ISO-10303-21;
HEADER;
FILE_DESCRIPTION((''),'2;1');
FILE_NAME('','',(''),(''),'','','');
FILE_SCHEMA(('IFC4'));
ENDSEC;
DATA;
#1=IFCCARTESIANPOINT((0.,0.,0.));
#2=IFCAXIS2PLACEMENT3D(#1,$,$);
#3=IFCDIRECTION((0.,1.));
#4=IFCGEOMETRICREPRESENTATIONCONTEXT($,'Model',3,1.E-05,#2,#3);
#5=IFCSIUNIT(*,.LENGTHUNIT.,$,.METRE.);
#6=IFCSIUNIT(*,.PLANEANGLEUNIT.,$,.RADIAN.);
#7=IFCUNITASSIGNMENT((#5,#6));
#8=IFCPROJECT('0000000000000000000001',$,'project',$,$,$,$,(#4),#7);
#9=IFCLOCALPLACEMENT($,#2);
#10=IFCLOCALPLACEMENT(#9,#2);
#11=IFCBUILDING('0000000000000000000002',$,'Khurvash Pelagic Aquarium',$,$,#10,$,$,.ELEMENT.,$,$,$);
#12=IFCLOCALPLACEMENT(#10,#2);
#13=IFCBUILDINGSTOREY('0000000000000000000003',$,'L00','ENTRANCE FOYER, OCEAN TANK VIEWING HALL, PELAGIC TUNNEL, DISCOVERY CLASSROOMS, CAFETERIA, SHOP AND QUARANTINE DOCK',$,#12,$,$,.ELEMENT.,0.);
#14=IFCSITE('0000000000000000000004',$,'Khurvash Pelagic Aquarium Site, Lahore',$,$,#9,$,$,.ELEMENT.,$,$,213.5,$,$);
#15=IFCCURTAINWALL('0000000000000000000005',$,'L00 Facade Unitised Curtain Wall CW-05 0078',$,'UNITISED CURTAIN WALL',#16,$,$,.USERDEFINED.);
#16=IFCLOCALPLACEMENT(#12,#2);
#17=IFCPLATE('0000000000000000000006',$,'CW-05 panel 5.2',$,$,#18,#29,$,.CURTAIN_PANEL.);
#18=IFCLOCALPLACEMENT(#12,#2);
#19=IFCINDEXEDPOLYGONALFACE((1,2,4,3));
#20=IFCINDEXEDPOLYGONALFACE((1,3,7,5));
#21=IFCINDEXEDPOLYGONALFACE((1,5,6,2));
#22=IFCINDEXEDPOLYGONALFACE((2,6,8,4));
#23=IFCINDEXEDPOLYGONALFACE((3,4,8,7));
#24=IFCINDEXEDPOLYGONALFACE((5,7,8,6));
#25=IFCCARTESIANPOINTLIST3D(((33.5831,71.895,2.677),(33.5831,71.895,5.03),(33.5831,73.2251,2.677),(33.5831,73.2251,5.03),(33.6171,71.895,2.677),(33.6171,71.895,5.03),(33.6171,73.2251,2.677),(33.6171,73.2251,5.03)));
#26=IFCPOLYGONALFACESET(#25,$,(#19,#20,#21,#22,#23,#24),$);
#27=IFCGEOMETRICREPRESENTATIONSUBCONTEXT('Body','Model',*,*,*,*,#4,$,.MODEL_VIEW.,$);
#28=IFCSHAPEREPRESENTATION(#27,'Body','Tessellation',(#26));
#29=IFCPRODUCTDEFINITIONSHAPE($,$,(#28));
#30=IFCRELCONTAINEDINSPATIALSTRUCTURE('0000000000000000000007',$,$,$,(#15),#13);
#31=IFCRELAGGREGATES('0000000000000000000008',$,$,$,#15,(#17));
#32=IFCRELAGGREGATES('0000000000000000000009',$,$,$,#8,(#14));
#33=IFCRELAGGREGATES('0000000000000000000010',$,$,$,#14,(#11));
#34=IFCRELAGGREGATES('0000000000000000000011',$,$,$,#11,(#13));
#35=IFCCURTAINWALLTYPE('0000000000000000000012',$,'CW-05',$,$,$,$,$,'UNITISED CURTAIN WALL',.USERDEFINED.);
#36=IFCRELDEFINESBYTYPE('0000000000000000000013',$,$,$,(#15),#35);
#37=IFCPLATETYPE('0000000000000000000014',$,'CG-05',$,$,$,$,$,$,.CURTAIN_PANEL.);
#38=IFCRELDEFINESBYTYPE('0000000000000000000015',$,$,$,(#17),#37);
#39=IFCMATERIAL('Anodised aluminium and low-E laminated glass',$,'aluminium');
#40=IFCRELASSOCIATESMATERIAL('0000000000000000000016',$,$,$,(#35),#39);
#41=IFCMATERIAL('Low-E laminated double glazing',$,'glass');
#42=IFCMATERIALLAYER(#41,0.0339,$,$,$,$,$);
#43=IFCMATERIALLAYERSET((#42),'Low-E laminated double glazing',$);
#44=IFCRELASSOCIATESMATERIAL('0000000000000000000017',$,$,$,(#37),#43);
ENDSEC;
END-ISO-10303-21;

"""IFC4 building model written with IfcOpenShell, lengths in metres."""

from ifc_helpers import new_model, si_unit, direction, frame, origin, origin_2d, place, context, subcontext, project, spatial, rectangle, extrude, material, layer, layer_set, type_object, element, aggregate, save


model = new_model("IFC4")

# Units and contexts
model_context = context("Model", 3, precision=1e-05, world=origin(), true_north=direction((0.0, 1.0)))
body_context = subcontext(model_context, "Body", "Model", "MODEL_VIEW")
ifc_project = project(units=[si_unit("LENGTHUNIT", "METRE"), si_unit("PLANEANGLEUNIT", "RADIAN")], contexts=[model_context])

# Site, building, storey
site_placement = place(None, origin())
site = spatial("IfcSite", under=ifc_project, at=site_placement, Name="Khurvash Pelagic Aquarium Site, Lahore", CompositionType="ELEMENT", RefElevation=213.5)
building_placement = place(site_placement, origin())
building = spatial("IfcBuilding", under=site, at=building_placement, Name="Khurvash Pelagic Aquarium", CompositionType="ELEMENT")
storey_placement = place(building_placement, origin())
storey = spatial("IfcBuildingStorey", under=building, at=storey_placement, Name="L00", Description="ENTRANCE FOYER, OCEAN TANK VIEWING HALL, PELAGIC TUNNEL, DISCOVERY CLASSROOMS, CAFETERIA, SHOP AND QUARANTINE DOCK", CompositionType="ELEMENT", Elevation=0.0)

# Shared definitions
ifc_material_1 = material(Name="Anodised aluminium and low-E laminated glass", Category="aluminium")
curtain_wall_type = type_object("IfcCurtainWallType", Name="CW-05", ElementType="UNITISED CURTAIN WALL", PredefinedType="USERDEFINED", material=ifc_material_1)

# Curtain wall
curtain_wall_1_placement = place(storey_placement, origin())
curtain_wall_1 = element("IfcCurtainWall", 1, at=curtain_wall_1_placement, inside=storey, type_object=curtain_wall_type, Name="L00 Facade Unitised Curtain Wall CW-05 0078", ObjectType="UNITISED CURTAIN WALL", PredefinedType="USERDEFINED")

# Plate
ifc_material_2 = material(Name="Low-E laminated double glazing", Category="glass")
ifc_layer = layer(ifc_material_2, 0.0339)
ifc_layer_set = layer_set([ifc_layer], Name="Low-E laminated double glazing")
plate_type = type_object("IfcPlateType", Name="CG-05", PredefinedType="CURTAIN_PANEL", material=ifc_layer_set)
plate_1_placement = place(storey_placement, frame((33.6001, 72.5601, 2.677), z_axis=(0.0, 0.0, 1.0), x_axis=(0.0, 1.0, 0.0)))
plate_1 = element("IfcPlate", 2, at=plate_1_placement, type_object=plate_type, Name="CW-05 panel 5.2", PredefinedType="CURTAIN_PANEL", context=body_context, shape_type="SweptSolid", body=[
    extrude(rectangle(XDim=1.3301, YDim=0.0339, at=origin_2d()), origin(), (0.0, 0.0, 1.0), 2.353),
])
aggregate(curtain_wall_1, [plate_1])

save(model, "model.ifc")
